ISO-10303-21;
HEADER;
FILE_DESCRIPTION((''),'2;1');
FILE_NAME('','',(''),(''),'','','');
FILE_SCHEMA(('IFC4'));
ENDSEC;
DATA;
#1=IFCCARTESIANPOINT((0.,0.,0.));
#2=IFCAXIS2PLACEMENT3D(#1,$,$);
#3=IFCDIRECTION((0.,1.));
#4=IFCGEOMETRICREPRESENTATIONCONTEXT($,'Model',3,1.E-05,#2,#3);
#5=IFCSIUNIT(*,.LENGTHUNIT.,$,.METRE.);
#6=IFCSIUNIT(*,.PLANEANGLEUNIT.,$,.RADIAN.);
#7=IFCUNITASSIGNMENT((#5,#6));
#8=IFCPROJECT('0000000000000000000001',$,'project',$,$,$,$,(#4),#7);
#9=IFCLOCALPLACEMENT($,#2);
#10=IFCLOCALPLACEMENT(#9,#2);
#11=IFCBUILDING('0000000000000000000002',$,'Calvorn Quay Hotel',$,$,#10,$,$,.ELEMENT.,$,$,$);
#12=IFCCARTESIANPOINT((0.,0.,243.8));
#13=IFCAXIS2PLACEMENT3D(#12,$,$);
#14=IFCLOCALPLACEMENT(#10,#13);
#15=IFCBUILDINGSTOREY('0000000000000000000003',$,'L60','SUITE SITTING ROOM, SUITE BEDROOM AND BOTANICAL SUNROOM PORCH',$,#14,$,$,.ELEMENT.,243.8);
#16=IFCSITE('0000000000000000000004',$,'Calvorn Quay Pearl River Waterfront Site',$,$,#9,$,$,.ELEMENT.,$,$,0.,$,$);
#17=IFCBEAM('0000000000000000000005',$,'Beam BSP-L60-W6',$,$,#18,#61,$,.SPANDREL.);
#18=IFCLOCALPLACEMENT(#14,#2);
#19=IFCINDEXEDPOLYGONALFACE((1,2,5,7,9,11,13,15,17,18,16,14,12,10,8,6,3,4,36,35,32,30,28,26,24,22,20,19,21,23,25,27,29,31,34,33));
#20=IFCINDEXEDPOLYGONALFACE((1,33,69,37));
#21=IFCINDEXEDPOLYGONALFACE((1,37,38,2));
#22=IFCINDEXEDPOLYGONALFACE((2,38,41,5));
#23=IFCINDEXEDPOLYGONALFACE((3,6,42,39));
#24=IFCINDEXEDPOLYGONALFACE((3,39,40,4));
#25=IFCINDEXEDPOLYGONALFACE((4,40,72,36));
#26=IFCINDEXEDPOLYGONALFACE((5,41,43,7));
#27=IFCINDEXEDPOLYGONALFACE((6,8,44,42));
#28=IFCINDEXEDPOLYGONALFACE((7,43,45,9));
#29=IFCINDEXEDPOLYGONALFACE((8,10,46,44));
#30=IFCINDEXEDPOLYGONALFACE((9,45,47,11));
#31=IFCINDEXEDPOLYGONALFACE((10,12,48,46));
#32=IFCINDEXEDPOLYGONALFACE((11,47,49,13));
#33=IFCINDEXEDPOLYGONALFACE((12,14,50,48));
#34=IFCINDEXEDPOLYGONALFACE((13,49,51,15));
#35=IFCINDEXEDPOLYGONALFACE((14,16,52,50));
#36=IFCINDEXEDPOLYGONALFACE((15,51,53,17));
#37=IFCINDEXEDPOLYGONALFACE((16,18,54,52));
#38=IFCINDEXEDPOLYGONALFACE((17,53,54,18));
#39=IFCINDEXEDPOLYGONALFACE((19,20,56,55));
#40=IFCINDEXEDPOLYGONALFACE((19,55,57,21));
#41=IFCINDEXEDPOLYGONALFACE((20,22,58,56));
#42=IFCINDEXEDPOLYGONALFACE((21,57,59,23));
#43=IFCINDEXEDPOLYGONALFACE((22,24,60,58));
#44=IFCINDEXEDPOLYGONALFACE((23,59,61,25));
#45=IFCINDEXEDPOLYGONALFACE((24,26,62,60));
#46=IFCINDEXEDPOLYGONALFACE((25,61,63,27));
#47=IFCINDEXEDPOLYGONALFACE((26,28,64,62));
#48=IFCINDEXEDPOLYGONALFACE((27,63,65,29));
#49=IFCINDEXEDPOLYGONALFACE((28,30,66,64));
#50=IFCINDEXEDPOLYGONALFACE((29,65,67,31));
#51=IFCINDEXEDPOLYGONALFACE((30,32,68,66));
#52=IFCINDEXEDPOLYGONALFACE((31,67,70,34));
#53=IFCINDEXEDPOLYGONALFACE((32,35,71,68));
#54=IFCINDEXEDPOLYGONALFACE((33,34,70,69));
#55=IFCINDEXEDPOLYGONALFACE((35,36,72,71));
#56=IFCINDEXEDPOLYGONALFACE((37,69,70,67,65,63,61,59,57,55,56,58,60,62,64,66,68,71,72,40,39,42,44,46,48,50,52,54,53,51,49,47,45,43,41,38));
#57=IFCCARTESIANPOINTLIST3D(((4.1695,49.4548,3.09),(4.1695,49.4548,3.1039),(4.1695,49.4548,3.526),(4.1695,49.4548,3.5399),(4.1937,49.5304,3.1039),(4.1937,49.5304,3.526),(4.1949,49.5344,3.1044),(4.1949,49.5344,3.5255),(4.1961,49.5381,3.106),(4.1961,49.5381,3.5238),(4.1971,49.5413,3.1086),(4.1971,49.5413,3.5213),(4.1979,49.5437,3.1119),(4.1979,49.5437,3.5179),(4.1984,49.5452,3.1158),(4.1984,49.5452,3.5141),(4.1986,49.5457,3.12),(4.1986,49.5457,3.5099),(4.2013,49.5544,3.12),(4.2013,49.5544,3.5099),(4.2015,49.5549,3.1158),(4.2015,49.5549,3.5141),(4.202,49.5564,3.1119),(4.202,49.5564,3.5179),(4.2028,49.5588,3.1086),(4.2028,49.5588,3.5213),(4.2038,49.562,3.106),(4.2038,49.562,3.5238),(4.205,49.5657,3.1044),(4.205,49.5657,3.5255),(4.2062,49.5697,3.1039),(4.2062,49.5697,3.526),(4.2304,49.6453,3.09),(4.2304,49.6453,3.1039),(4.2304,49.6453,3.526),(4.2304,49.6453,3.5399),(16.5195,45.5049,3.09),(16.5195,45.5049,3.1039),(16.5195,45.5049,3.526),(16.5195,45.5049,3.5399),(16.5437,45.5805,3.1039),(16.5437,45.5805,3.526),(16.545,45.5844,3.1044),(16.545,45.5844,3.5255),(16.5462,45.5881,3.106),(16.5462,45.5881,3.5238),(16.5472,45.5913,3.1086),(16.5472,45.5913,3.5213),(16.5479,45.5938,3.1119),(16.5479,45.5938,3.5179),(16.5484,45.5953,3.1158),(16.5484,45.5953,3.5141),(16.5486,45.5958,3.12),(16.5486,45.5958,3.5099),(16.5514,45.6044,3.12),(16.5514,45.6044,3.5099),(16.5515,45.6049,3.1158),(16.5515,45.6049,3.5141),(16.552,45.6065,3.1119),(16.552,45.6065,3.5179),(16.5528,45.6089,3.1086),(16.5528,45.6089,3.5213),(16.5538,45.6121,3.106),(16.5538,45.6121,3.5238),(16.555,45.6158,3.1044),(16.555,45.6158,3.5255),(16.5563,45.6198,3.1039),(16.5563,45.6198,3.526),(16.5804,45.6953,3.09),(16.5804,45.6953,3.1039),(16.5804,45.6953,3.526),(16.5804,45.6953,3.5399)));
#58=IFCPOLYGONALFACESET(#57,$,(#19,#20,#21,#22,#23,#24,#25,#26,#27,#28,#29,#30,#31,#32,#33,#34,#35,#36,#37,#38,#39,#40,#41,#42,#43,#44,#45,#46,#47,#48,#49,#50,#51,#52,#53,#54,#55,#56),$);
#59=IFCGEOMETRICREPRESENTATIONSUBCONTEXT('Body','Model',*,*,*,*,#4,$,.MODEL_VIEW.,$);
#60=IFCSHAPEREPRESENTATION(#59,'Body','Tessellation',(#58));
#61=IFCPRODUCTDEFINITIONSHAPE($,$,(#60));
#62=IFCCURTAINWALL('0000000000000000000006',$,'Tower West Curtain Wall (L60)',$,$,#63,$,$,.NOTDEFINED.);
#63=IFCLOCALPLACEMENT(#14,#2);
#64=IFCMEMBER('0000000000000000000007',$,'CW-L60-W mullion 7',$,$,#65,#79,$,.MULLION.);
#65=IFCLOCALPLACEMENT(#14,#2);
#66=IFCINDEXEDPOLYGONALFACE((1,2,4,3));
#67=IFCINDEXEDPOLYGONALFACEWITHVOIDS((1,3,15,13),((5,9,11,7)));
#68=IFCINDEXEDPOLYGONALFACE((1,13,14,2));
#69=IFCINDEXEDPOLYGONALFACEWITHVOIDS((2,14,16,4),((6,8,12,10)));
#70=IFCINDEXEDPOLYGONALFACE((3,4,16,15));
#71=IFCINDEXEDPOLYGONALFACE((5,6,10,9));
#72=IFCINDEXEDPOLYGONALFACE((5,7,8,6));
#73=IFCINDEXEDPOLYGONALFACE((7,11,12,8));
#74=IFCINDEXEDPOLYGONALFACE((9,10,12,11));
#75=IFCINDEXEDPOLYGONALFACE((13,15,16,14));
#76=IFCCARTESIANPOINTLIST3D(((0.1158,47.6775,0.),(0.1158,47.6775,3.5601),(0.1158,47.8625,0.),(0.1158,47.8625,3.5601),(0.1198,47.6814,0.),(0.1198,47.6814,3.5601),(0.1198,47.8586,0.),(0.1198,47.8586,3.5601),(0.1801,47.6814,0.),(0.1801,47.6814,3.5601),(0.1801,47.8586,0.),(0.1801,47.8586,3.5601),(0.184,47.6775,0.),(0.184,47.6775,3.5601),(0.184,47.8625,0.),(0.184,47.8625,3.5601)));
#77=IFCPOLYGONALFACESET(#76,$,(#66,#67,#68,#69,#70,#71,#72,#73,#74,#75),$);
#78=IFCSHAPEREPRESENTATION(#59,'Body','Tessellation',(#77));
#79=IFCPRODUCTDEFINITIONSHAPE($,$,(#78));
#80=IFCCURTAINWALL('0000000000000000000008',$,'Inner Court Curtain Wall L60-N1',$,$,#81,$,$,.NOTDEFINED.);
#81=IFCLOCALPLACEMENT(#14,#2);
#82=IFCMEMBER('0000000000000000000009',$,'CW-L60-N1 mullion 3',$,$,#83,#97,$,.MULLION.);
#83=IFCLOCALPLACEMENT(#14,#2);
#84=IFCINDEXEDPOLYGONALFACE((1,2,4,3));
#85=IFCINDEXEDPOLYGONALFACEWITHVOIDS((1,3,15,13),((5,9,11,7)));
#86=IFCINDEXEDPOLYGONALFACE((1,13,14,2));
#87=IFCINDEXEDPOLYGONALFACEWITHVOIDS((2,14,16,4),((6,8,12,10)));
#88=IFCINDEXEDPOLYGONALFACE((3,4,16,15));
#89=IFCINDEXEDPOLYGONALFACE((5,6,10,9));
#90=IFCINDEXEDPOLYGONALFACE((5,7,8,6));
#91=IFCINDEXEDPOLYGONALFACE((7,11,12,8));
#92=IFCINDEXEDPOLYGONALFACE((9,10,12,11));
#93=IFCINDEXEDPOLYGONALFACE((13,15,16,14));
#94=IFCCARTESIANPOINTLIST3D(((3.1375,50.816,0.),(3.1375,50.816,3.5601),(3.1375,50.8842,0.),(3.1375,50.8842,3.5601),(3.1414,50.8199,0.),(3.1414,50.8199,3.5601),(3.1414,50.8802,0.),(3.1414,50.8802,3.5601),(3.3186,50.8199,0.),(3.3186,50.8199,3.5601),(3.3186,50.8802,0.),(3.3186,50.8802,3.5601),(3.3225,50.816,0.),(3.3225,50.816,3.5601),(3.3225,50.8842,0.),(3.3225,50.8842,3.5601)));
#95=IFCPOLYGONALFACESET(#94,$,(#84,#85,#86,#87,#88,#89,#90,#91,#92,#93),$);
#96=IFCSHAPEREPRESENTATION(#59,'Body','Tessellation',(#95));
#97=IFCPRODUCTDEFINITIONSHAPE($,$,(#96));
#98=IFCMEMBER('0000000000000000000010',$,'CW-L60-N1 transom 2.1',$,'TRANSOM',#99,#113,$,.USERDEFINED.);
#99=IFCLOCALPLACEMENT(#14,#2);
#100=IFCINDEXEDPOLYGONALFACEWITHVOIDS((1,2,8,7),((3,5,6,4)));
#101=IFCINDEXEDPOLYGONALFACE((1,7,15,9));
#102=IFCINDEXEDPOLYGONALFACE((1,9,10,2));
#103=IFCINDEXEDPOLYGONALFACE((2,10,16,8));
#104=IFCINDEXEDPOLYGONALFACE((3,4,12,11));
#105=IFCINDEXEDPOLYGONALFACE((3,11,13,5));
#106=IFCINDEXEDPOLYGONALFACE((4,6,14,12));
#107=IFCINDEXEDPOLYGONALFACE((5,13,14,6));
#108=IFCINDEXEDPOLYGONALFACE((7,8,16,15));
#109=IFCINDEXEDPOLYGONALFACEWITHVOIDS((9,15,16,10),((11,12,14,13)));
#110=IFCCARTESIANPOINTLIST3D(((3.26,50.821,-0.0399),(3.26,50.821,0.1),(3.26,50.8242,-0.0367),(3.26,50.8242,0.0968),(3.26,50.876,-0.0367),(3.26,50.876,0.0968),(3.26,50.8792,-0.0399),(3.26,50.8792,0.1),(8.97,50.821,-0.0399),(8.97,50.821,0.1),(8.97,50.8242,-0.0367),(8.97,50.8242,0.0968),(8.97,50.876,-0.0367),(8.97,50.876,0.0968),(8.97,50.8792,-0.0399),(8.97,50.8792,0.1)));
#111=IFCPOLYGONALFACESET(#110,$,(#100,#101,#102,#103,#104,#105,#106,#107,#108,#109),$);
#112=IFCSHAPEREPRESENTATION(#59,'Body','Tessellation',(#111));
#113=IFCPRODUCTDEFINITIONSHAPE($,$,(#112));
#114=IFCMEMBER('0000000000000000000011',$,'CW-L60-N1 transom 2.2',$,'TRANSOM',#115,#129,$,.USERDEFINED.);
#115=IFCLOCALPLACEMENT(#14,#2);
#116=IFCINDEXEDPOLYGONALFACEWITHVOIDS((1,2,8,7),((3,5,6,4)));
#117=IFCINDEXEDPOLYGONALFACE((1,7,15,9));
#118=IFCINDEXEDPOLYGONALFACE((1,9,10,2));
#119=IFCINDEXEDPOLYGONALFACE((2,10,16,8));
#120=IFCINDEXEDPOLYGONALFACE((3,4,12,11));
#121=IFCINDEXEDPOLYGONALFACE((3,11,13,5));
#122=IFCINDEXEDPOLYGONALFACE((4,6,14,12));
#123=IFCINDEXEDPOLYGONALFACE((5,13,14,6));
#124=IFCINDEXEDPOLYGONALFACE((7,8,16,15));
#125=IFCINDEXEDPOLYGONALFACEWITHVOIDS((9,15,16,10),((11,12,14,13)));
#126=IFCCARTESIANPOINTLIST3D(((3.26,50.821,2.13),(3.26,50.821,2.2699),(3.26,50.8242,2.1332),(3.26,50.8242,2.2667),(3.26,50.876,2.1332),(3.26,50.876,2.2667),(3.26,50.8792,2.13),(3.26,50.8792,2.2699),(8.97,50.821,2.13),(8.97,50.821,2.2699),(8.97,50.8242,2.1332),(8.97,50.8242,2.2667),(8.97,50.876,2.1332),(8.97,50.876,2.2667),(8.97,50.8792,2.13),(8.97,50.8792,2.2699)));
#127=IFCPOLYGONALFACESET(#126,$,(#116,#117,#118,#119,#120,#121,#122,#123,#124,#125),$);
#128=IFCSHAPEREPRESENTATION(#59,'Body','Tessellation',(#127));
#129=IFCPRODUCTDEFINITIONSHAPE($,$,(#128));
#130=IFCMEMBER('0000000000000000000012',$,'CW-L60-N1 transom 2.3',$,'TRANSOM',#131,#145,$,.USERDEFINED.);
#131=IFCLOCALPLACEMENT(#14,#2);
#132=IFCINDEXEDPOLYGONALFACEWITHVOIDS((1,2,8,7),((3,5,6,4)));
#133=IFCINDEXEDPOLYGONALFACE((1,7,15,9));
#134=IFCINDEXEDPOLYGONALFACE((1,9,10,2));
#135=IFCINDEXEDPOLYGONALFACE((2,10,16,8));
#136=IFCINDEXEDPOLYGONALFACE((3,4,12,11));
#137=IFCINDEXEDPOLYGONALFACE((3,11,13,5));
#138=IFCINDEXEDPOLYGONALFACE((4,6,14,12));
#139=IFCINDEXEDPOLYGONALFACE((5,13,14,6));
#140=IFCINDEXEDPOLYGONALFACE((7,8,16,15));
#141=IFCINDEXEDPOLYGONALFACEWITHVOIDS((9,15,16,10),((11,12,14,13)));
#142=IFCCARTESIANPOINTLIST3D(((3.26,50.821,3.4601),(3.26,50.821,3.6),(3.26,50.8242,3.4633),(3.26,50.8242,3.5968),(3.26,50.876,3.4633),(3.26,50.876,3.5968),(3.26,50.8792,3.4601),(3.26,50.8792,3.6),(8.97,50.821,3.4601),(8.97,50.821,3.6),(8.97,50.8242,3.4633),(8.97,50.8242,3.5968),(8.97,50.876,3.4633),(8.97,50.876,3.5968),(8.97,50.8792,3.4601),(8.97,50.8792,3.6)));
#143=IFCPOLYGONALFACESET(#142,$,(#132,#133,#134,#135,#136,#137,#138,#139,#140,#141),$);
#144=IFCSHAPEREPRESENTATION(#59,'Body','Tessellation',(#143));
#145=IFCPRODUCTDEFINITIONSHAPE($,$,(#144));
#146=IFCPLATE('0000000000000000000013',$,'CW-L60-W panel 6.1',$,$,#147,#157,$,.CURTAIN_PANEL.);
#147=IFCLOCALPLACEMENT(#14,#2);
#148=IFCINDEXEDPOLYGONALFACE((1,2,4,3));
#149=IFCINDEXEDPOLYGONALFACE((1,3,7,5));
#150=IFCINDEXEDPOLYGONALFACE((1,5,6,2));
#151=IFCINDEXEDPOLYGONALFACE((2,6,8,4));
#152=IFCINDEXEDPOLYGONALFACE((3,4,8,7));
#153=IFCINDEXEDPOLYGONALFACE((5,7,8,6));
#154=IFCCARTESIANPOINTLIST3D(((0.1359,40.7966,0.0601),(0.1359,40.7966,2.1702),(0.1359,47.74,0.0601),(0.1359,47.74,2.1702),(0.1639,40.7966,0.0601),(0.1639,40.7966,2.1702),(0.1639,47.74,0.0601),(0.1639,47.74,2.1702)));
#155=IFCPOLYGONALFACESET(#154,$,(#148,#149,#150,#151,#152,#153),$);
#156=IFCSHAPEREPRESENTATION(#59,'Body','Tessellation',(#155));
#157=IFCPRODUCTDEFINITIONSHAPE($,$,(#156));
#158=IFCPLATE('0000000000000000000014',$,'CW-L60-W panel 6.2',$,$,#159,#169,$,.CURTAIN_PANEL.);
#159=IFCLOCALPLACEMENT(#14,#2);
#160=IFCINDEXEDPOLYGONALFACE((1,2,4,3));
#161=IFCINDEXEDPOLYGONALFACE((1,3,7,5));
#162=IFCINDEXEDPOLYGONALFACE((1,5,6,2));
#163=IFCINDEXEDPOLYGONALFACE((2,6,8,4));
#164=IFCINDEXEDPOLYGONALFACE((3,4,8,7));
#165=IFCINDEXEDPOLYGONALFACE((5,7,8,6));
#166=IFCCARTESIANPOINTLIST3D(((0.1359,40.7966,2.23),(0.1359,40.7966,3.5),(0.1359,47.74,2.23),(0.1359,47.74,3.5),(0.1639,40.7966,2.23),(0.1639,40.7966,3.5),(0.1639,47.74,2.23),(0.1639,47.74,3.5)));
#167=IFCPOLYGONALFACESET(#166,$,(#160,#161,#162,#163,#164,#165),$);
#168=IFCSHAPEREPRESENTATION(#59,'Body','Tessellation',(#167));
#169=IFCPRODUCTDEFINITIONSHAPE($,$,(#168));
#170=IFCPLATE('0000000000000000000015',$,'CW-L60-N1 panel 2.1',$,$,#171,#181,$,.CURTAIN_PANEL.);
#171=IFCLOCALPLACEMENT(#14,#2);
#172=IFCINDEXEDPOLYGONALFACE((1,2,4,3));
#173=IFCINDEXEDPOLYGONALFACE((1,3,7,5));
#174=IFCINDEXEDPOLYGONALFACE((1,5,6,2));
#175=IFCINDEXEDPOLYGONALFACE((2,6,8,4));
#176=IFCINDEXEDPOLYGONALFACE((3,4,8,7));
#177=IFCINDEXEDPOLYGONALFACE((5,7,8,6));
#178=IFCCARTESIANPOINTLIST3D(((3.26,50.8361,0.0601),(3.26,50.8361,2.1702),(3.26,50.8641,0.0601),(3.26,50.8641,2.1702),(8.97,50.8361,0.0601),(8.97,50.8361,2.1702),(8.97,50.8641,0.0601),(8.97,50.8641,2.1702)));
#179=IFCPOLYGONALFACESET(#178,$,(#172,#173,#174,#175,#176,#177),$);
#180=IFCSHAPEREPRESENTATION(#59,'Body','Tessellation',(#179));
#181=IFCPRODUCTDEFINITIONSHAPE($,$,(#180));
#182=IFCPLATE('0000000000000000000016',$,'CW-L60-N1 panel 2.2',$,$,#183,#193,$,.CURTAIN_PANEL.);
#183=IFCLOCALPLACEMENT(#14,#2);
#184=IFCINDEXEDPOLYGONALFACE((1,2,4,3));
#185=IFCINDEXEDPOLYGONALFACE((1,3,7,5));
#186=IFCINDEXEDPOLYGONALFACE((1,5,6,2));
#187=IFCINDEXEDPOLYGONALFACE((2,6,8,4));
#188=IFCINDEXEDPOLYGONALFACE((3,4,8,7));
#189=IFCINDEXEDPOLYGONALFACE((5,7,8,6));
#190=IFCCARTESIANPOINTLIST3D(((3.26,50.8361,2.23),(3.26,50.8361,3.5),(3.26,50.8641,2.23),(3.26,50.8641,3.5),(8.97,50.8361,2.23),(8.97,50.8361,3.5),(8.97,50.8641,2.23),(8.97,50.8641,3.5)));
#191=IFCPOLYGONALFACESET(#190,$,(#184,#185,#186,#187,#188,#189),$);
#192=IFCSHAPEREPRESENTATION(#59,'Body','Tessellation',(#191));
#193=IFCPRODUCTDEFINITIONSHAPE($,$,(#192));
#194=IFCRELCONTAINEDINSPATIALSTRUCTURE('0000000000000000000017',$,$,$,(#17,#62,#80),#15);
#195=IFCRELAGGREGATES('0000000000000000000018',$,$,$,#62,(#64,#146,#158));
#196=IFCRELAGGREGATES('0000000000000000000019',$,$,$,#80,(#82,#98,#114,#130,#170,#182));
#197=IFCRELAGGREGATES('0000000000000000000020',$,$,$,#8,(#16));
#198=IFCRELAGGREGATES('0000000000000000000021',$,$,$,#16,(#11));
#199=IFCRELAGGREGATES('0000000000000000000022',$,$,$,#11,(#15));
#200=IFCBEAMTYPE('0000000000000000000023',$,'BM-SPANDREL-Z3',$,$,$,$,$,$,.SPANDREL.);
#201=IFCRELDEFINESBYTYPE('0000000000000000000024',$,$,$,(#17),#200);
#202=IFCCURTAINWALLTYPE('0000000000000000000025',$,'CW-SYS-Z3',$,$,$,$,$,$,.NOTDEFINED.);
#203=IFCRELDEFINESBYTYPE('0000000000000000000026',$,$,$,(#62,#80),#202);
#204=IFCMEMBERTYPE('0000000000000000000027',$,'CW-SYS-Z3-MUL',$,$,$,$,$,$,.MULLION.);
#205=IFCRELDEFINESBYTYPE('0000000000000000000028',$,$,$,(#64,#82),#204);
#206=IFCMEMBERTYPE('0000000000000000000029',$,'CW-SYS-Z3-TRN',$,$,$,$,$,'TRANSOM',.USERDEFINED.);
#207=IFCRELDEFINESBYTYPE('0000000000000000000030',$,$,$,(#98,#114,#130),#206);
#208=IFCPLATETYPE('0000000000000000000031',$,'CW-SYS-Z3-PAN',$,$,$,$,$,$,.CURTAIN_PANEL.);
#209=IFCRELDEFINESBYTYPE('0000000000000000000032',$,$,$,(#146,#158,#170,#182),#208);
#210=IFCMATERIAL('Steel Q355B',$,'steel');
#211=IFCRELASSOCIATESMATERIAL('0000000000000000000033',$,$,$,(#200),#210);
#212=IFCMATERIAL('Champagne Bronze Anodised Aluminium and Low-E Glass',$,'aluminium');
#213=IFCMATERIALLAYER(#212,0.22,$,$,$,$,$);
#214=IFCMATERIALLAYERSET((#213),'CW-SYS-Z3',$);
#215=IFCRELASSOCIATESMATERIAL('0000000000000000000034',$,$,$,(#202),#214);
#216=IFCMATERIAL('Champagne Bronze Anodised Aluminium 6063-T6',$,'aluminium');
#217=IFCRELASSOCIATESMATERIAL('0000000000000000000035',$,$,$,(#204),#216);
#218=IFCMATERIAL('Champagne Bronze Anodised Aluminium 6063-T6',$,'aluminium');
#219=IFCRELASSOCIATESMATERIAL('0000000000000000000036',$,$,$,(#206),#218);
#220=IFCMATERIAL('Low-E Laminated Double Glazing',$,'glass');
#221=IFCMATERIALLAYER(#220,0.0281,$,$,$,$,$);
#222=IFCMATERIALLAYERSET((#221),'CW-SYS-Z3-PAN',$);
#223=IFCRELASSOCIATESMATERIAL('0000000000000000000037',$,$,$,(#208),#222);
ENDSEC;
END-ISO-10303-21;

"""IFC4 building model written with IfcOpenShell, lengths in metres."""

from ifc_helpers import new_model, si_unit, direction, frame, origin, origin_2d, place, context, subcontext, project, spatial, rectangle, hollow_rectangle, i_section, extrude, material, layer, layer_set, material_profile, profile_set, type_object, element, aggregate, save


model = new_model("IFC4")

# Units and contexts
model_context = context("Model", 3, precision=1e-05, world=origin(), true_north=direction((0.0, 1.0)))
body_context = subcontext(model_context, "Body", "Model", "MODEL_VIEW")
ifc_project = project(units=[si_unit("LENGTHUNIT", "METRE"), si_unit("PLANEANGLEUNIT", "RADIAN")], contexts=[model_context])

# Site, building, storey
site_placement = place(None, origin())
site = spatial("IfcSite", under=ifc_project, at=site_placement, Name="Calvorn Quay Pearl River Waterfront Site", CompositionType="ELEMENT", RefElevation=0.0)
building_placement = place(site_placement, origin())
building = spatial("IfcBuilding", under=site, at=building_placement, Name="Calvorn Quay Hotel", CompositionType="ELEMENT")
storey_placement = place(building_placement, frame((0.0, 0.0, 243.8)))
storey = spatial("IfcBuildingStorey", under=building, at=storey_placement, Name="L60", Description="SUITE SITTING ROOM, SUITE BEDROOM AND BOTANICAL SUNROOM PORCH", CompositionType="ELEMENT", Elevation=243.8)

# Beam
ifc_material_1 = material(Name="Steel Q355B", Category="steel")
ifc_material_profile_1 = material_profile(ifc_material_1, i_section(OverallWidth=0.2, OverallDepth=0.45, WebThickness=0.009, FlangeThickness=0.0139, FilletRadius=0.0161, at=origin_2d()), Name="HN450x200x9x14")
ifc_profile_set_1 = profile_set([ifc_material_profile_1], Name="Steel Q355B")
beam_type_1 = type_object("IfcBeamType", Name="BM-SPANDREL-Z3", PredefinedType="SPANDREL", material=ifc_profile_set_1)
beam_1_placement = place(storey_placement, frame((4.2, 49.55, 3.3149), z_axis=(0.952471, -0.30463, 0.0), x_axis=(0.30463, 0.952471, 0.0)))
element("IfcBeam", 1, at=beam_1_placement, inside=storey, type_object=beam_type_1, Name="Beam BSP-L60-W6", PredefinedType="SPANDREL", context=body_context, shape_type="SweptSolid", body=[
    extrude(i_section(OverallWidth=0.2, OverallDepth=0.45, WebThickness=0.009, FlangeThickness=0.0139, FilletRadius=0.0161, at=origin_2d()), origin(), (0.0, 0.0, 1.0), 12.9663),
])

# Curtain wall, member
ifc_material_2 = material(Name="Champagne Bronze Anodised Aluminium and Low-E Glass", Category="aluminium")
ifc_layer_1 = layer(ifc_material_2, 0.22)
ifc_layer_set_1 = layer_set([ifc_layer_1], Name="CW-SYS-Z3")
curtain_wall_type = type_object("IfcCurtainWallType", Name="CW-SYS-Z3", PredefinedType="NOTDEFINED", material=ifc_layer_set_1)
curtain_wall_1_placement = place(storey_placement, origin())
curtain_wall_1 = element("IfcCurtainWall", 2, at=curtain_wall_1_placement, inside=storey, type_object=curtain_wall_type, Name="Tower West Curtain Wall (L60)", PredefinedType="NOTDEFINED")
ifc_material_3 = material(Name="Champagne Bronze Anodised Aluminium 6063-T6", Category="aluminium")
ifc_material_profile_2 = material_profile(ifc_material_3, hollow_rectangle(XDim=0.0681, YDim=0.1851, WallThickness=0.0039, at=origin_2d()), Name="ALU-M185x68x4")
ifc_profile_set_2 = profile_set([ifc_material_profile_2], Name="Champagne Bronze Anodised Aluminium 6063-T6")
member_type_1 = type_object("IfcMemberType", Name="CW-SYS-Z3-MUL", PredefinedType="MULLION", material=ifc_profile_set_2)
member_1_placement = place(storey_placement, frame((0.1499, 47.77, 0.0), z_axis=(0.0, 0.0, 1.0), x_axis=(-1.0, 0.0, 0.0)))
member_1 = element("IfcMember", 3, at=member_1_placement, type_object=member_type_1, Name="CW-L60-W mullion 7", PredefinedType="MULLION", context=body_context, shape_type="SweptSolid", body=[
    extrude(hollow_rectangle(XDim=0.0681, YDim=0.1851, WallThickness=0.0039, at=origin_2d()), origin(), (0.0, 0.0, 1.0), 3.5601),
])

# Curtain wall, members
curtain_wall_2_placement = place(storey_placement, origin())
curtain_wall_2 = element("IfcCurtainWall", 4, at=curtain_wall_2_placement, inside=storey, type_object=curtain_wall_type, Name="Inner Court Curtain Wall L60-N1", PredefinedType="NOTDEFINED")
member_2_placement = place(storey_placement, frame((3.23, 50.8501, 0.0), z_axis=(0.0, 0.0, 1.0), x_axis=(0.0, -1.0, 0.0)))
member_2 = element("IfcMember", 5, at=member_2_placement, type_object=member_type_1, Name="CW-L60-N1 mullion 3", PredefinedType="MULLION", context=body_context, shape_type="SweptSolid", body=[
    extrude(hollow_rectangle(XDim=0.0681, YDim=0.1851, WallThickness=0.0039, at=origin_2d()), origin(), (0.0, 0.0, 1.0), 3.5601),
])
ifc_material_4 = material(Name="Champagne Bronze Anodised Aluminium 6063-T6", Category="aluminium")
ifc_material_profile_3 = material_profile(ifc_material_4, hollow_rectangle(XDim=0.0581, YDim=0.1399, WallThickness=0.0032, at=origin_2d()), Name="ALU-T140x58x3.2")
ifc_profile_set_3 = profile_set([ifc_material_profile_3], Name="Champagne Bronze Anodised Aluminium 6063-T6")
member_type_2 = type_object("IfcMemberType", Name="CW-SYS-Z3-TRN", ElementType="TRANSOM", PredefinedType="USERDEFINED", material=ifc_profile_set_3)
member_3_placement = place(storey_placement, frame((8.97, 50.8501, 0.03), z_axis=(-1.0, 0.0, 0.0), x_axis=(0.0, -1.0, 0.0)))
member_3 = element("IfcMember", 6, at=member_3_placement, type_object=member_type_2, Name="CW-L60-N1 transom 2.1", ObjectType="TRANSOM", PredefinedType="USERDEFINED", context=body_context, shape_type="SweptSolid", body=[
    extrude(hollow_rectangle(XDim=0.0581, YDim=0.1399, WallThickness=0.0032, at=origin_2d()), origin(), (0.0, 0.0, 1.0), 5.71),
])
member_4_placement = place(storey_placement, frame((8.97, 50.8501, 2.2), z_axis=(-1.0, 0.0, 0.0), x_axis=(0.0, -1.0, 0.0)))
member_4 = element("IfcMember", 7, at=member_4_placement, type_object=member_type_2, Name="CW-L60-N1 transom 2.2", ObjectType="TRANSOM", PredefinedType="USERDEFINED", context=body_context, shape_type="SweptSolid", body=[
    extrude(hollow_rectangle(XDim=0.0581, YDim=0.1399, WallThickness=0.0032, at=origin_2d()), origin(), (0.0, 0.0, 1.0), 5.71),
])
member_5_placement = place(storey_placement, frame((8.97, 50.8501, 3.53), z_axis=(-1.0, 0.0, 0.0), x_axis=(0.0, -1.0, 0.0)))
member_5 = element("IfcMember", 8, at=member_5_placement, type_object=member_type_2, Name="CW-L60-N1 transom 2.3", ObjectType="TRANSOM", PredefinedType="USERDEFINED", context=body_context, shape_type="SweptSolid", body=[
    extrude(hollow_rectangle(XDim=0.0581, YDim=0.1399, WallThickness=0.0032, at=origin_2d()), origin(), (0.0, 0.0, 1.0), 5.71),
])

# Plates
ifc_material_5 = material(Name="Low-E Laminated Double Glazing", Category="glass")
ifc_layer_2 = layer(ifc_material_5, 0.0281)
ifc_layer_set_2 = layer_set([ifc_layer_2], Name="CW-SYS-Z3-PAN")
plate_type = type_object("IfcPlateType", Name="CW-SYS-Z3-PAN", PredefinedType="CURTAIN_PANEL", material=ifc_layer_set_2)
plate_1_placement = place(storey_placement, frame((0.1499, 44.2683, 0.0601), z_axis=(0.0, 0.0, 1.0), x_axis=(0.0, 1.0, 0.0)))
plate_1 = element("IfcPlate", 9, at=plate_1_placement, type_object=plate_type, Name="CW-L60-W panel 6.1", PredefinedType="CURTAIN_PANEL", context=body_context, shape_type="SweptSolid", body=[
    extrude(rectangle(XDim=6.9434, YDim=0.0281, at=origin_2d()), origin(), (0.0, 0.0, 1.0), 2.1101),
])
plate_2_placement = place(storey_placement, frame((0.1499, 44.2683, 2.23), z_axis=(0.0, 0.0, 1.0), x_axis=(0.0, 1.0, 0.0)))
plate_2 = element("IfcPlate", 10, at=plate_2_placement, type_object=plate_type, Name="CW-L60-W panel 6.2", PredefinedType="CURTAIN_PANEL", context=body_context, shape_type="SweptSolid", body=[
    extrude(rectangle(XDim=6.9434, YDim=0.0281, at=origin_2d()), origin(), (0.0, 0.0, 1.0), 1.27),
])
aggregate(curtain_wall_1, [member_1, plate_1, plate_2])
plate_3_placement = place(storey_placement, frame((6.115, 50.8501, 0.0601), z_axis=(0.0, 0.0, 1.0), x_axis=(-1.0, 0.0, 0.0)))
plate_3 = element("IfcPlate", 11, at=plate_3_placement, type_object=plate_type, Name="CW-L60-N1 panel 2.1", PredefinedType="CURTAIN_PANEL", context=body_context, shape_type="SweptSolid", body=[
    extrude(rectangle(XDim=5.71, YDim=0.0281, at=origin_2d()), origin(), (0.0, 0.0, 1.0), 2.1101),
])
plate_4_placement = place(storey_placement, frame((6.115, 50.8501, 2.23), z_axis=(0.0, 0.0, 1.0), x_axis=(-1.0, 0.0, 0.0)))
plate_4 = element("IfcPlate", 12, at=plate_4_placement, type_object=plate_type, Name="CW-L60-N1 panel 2.2", PredefinedType="CURTAIN_PANEL", context=body_context, shape_type="SweptSolid", body=[
    extrude(rectangle(XDim=5.71, YDim=0.0281, at=origin_2d()), origin(), (0.0, 0.0, 1.0), 1.27),
])
aggregate(curtain_wall_2, [member_2, member_3, member_4, member_5, plate_3, plate_4])

save(model, "model.ifc")
